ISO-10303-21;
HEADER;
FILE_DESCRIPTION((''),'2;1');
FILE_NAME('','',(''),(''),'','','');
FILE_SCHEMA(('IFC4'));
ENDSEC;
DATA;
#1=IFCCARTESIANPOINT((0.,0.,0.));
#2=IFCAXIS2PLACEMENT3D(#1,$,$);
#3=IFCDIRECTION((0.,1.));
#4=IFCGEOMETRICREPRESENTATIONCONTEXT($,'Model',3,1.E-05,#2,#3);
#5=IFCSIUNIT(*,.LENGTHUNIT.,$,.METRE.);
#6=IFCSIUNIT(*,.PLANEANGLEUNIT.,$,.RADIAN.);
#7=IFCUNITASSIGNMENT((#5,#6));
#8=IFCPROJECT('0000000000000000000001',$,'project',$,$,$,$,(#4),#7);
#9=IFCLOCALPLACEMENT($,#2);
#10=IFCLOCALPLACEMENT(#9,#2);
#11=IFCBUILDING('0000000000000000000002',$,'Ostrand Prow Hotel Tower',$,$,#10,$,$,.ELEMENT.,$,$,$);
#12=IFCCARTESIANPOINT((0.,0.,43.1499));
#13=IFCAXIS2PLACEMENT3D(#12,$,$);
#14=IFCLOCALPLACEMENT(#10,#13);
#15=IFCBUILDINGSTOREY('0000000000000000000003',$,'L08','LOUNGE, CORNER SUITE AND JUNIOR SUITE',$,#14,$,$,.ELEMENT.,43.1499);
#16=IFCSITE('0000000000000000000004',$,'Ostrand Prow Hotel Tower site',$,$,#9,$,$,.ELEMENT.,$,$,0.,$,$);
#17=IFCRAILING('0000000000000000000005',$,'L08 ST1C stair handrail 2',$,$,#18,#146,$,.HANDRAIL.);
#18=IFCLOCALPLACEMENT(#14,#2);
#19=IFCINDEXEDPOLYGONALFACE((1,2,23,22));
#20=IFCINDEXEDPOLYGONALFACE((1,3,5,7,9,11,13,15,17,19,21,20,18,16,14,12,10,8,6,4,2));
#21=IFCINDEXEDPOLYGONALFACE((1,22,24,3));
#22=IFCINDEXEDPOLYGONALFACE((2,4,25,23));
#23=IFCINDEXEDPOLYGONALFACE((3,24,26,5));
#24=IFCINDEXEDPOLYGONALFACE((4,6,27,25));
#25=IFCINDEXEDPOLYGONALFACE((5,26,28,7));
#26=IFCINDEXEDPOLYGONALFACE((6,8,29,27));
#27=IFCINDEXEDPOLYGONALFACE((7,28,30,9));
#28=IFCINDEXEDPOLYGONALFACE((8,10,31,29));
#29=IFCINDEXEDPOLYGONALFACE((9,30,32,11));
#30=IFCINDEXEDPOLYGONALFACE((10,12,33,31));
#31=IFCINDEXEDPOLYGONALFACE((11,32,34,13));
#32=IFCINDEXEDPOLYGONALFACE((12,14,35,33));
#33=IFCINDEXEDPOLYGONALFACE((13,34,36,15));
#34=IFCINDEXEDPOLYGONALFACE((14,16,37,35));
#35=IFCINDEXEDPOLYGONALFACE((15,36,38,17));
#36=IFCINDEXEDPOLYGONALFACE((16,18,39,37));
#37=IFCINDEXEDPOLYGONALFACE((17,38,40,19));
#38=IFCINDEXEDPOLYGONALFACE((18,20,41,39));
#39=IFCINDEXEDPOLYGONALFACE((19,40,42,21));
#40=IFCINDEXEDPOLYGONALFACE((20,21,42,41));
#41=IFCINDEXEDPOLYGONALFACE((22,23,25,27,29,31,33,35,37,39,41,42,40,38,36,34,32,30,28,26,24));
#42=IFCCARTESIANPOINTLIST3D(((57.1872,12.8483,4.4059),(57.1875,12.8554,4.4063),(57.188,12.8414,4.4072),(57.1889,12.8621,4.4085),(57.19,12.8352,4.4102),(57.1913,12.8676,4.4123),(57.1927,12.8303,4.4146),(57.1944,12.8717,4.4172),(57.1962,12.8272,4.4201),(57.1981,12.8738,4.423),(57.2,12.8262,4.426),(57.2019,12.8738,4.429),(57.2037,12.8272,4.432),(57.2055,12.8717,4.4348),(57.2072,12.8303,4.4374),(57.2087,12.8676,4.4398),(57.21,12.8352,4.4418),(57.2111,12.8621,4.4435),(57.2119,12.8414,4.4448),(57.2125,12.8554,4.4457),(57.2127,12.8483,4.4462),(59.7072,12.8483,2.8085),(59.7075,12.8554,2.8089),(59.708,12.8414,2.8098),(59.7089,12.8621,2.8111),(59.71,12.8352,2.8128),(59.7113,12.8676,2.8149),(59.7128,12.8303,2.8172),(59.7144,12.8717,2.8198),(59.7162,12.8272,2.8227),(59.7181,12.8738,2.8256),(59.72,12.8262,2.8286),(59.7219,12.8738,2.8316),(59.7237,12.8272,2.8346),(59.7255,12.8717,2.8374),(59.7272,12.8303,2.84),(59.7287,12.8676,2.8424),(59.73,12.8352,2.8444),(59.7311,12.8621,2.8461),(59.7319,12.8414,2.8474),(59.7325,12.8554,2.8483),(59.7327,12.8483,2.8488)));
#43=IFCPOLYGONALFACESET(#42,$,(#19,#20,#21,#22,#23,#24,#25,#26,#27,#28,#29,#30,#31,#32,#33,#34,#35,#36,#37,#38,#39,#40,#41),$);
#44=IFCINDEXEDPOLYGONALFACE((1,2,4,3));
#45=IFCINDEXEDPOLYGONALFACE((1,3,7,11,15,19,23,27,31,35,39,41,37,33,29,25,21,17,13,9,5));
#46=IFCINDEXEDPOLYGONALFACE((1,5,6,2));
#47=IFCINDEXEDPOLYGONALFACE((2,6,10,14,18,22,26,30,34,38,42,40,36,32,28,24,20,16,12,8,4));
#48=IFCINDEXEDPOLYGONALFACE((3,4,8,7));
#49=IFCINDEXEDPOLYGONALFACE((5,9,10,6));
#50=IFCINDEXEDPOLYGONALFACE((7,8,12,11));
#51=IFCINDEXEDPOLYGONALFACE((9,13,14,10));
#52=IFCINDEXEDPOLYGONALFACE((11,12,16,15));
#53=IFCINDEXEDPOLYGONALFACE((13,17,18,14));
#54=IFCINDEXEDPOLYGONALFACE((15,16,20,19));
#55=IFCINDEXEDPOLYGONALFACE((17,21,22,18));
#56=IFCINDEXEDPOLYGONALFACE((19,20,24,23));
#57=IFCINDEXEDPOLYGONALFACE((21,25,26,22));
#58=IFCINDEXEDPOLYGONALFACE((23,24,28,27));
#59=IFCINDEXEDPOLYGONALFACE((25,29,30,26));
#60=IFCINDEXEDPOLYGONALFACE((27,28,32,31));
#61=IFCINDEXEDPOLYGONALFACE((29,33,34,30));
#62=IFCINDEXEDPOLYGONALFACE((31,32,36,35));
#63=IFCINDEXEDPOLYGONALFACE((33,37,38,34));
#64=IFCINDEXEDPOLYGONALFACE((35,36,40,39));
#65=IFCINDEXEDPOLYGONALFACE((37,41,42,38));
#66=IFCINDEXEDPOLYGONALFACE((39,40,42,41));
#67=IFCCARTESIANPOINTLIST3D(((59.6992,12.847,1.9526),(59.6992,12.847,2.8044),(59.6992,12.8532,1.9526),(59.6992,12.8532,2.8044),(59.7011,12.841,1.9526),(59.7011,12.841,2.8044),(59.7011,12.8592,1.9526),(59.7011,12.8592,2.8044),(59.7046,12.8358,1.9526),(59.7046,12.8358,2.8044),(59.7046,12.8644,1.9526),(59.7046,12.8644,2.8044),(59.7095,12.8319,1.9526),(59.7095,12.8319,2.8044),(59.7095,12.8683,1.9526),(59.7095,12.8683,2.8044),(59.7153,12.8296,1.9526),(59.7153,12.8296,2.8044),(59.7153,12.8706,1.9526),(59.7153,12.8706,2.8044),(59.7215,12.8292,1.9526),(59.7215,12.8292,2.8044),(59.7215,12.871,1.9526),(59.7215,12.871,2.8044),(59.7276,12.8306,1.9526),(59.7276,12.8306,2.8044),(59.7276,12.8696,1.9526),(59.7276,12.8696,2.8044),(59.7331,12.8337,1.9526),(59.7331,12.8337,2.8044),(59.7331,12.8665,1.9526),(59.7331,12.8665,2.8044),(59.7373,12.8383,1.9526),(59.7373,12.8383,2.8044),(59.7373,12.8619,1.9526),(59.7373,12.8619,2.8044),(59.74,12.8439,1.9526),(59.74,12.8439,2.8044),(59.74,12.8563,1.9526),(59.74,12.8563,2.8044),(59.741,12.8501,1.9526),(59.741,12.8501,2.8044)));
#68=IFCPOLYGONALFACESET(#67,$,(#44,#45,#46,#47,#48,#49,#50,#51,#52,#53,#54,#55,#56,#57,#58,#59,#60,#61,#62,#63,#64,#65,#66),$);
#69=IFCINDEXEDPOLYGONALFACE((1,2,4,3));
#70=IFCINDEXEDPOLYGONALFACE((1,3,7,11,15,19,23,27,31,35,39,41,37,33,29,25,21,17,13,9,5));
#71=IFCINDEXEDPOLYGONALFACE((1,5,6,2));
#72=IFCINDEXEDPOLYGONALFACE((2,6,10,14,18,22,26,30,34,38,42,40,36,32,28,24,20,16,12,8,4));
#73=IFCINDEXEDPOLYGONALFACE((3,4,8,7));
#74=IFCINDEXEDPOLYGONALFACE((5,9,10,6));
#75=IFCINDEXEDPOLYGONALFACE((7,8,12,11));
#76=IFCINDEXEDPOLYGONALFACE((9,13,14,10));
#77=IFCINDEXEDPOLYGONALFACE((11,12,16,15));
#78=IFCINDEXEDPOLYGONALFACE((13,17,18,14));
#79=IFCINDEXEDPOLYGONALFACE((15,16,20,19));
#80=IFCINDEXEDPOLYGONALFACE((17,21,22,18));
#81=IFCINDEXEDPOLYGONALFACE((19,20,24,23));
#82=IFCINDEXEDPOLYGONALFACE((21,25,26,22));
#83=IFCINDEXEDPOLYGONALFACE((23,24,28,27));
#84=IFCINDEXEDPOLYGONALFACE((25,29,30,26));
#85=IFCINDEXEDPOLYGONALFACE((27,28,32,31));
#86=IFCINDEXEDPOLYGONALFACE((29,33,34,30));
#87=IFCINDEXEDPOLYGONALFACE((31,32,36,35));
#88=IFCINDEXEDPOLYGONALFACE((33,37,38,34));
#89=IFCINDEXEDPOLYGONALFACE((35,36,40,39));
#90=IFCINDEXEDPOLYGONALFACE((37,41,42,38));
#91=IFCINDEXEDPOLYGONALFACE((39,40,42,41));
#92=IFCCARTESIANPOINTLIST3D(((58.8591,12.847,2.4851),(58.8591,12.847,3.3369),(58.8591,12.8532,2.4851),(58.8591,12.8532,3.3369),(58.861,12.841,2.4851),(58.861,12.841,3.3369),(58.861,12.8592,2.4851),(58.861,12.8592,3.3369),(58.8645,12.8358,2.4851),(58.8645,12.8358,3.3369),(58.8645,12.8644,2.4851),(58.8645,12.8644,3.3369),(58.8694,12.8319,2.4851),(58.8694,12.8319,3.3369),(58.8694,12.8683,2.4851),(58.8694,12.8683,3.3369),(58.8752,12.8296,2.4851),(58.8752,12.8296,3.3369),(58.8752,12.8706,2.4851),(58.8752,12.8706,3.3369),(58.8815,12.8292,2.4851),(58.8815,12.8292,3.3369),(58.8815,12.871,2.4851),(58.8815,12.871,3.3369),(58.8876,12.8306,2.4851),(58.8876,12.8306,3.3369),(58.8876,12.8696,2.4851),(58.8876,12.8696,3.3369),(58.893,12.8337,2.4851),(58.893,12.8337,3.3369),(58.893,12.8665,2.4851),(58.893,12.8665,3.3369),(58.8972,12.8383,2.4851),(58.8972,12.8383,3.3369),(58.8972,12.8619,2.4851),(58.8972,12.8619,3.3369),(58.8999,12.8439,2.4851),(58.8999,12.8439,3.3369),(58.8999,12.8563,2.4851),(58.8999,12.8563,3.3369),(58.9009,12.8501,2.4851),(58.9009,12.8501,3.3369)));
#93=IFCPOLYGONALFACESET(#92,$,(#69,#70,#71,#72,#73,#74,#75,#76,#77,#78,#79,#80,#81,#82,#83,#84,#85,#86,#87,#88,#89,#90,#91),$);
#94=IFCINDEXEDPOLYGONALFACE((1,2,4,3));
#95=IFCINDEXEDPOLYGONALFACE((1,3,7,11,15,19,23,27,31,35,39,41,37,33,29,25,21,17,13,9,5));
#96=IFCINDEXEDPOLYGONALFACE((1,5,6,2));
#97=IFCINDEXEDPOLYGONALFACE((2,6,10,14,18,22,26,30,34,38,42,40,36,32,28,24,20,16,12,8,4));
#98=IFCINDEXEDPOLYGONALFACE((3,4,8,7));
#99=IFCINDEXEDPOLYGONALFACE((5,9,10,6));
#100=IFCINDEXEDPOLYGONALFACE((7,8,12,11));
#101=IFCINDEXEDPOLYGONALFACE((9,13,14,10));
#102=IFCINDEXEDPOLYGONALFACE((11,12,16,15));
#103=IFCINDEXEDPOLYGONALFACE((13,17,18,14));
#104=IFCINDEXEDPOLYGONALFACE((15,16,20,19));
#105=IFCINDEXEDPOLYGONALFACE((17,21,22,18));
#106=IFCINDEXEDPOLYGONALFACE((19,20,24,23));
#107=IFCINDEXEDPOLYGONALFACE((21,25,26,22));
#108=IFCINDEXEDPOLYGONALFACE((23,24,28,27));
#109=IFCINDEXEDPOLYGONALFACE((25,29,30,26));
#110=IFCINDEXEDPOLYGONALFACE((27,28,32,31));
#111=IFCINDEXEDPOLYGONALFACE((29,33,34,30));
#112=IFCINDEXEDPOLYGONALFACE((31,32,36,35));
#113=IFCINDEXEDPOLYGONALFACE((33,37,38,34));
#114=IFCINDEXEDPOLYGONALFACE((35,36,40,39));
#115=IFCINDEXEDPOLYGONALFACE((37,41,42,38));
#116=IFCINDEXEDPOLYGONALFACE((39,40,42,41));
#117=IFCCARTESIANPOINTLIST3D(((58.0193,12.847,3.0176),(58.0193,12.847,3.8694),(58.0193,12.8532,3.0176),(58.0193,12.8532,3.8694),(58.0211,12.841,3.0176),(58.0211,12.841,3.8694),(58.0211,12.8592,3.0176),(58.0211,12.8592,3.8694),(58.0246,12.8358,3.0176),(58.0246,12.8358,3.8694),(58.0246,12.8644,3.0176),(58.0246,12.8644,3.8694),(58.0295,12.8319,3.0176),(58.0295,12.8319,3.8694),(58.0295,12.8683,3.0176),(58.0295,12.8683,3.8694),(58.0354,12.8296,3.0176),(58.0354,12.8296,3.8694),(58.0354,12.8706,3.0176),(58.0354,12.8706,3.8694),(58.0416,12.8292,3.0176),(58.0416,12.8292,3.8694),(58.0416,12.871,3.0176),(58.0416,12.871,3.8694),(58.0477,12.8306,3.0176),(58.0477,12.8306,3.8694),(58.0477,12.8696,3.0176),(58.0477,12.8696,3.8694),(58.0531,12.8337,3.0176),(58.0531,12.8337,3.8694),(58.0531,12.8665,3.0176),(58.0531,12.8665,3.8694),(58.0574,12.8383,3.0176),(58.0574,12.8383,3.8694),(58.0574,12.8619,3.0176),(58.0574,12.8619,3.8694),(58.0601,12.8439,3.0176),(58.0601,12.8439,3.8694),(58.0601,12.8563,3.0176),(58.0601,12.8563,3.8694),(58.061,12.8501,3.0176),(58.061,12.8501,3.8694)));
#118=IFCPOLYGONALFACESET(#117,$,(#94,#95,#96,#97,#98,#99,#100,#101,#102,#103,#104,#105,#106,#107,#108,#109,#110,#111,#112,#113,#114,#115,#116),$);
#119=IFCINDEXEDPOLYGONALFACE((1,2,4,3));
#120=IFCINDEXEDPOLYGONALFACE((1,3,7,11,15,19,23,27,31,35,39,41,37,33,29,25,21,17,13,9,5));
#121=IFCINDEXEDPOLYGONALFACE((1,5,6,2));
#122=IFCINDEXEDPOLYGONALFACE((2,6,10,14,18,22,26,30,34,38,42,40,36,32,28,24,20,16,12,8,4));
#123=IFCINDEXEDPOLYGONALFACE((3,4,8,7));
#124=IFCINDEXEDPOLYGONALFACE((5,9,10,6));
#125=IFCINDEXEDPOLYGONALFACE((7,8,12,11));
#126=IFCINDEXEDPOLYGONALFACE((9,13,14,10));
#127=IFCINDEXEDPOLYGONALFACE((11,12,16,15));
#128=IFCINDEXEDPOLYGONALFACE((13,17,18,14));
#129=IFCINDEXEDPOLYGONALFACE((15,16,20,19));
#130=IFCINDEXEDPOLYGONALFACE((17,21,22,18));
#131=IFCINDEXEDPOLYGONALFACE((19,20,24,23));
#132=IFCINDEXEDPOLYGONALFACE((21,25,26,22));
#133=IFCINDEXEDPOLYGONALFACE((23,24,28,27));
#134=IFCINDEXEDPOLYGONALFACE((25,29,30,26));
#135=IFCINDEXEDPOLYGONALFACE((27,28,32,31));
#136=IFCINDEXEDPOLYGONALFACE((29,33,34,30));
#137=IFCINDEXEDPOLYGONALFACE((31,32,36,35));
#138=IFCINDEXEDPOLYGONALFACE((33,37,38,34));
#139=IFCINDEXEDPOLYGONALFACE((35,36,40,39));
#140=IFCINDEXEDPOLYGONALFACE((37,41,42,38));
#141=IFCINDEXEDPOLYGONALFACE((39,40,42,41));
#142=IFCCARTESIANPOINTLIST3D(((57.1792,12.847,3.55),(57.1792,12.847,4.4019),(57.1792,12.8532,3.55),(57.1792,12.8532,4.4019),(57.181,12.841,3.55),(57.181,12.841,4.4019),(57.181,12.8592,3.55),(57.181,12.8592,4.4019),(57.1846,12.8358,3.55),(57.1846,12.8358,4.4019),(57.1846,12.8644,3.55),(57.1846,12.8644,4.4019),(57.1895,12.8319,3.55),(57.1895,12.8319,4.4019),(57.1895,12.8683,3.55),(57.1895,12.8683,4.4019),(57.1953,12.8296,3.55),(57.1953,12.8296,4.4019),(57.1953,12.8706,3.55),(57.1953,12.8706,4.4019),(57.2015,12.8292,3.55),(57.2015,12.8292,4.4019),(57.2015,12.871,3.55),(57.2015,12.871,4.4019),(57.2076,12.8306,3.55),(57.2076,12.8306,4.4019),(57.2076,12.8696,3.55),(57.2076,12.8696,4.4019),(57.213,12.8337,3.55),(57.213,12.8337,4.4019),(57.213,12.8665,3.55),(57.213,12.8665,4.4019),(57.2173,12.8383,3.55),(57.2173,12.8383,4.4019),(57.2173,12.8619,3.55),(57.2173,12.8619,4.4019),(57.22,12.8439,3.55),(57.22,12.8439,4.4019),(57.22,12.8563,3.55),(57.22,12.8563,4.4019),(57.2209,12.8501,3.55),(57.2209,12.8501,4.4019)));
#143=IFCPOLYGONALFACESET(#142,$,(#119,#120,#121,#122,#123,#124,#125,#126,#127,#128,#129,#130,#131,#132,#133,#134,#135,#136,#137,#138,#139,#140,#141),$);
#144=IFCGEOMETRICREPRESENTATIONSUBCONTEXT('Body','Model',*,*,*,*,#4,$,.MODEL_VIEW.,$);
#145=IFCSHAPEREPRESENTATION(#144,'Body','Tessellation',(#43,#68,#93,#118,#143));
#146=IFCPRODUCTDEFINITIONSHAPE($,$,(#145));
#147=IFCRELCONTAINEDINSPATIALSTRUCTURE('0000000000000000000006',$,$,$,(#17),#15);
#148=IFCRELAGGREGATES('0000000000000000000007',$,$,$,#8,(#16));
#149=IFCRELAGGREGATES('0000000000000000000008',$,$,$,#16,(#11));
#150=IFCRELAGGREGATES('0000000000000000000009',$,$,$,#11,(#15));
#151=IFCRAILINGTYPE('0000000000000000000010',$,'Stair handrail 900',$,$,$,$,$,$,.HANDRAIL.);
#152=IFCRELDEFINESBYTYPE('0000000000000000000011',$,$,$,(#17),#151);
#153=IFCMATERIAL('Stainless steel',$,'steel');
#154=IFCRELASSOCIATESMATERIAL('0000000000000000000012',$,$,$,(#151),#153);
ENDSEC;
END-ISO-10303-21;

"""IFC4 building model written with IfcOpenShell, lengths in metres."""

from ifc_helpers import new_model, si_unit, direction, frame, origin, origin_2d, place, context, subcontext, project, spatial, circle, extrude, material, type_object, element, save


model = new_model("IFC4")

# Units and contexts
model_context = context("Model", 3, precision=1e-05, world=origin(), true_north=direction((0.0, 1.0)))
body_context = subcontext(model_context, "Body", "Model", "MODEL_VIEW")
ifc_project = project(units=[si_unit("LENGTHUNIT", "METRE"), si_unit("PLANEANGLEUNIT", "RADIAN")], contexts=[model_context])

# Site, building, storey
site_placement = place(None, origin())
site = spatial("IfcSite", under=ifc_project, at=site_placement, Name="Ostrand Prow Hotel Tower site", CompositionType="ELEMENT", RefElevation=0.0)
building_placement = place(site_placement, origin())
building = spatial("IfcBuilding", under=site, at=building_placement, Name="Ostrand Prow Hotel Tower", CompositionType="ELEMENT")
storey_placement = place(building_placement, frame((0.0, 0.0, 43.1499)))
storey = spatial("IfcBuildingStorey", under=building, at=storey_placement, Name="L08", Description="LOUNGE, CORNER SUITE AND JUNIOR SUITE", CompositionType="ELEMENT", Elevation=43.1499)

# Railing
ifc_material_1 = material(Name="Stainless steel", Category="steel")
railing_type_1 = type_object("IfcRailingType", Name="Stair handrail 900", PredefinedType="HANDRAIL", material=ifc_material_1)
railing_1_placement = place(storey_placement, frame((59.72, 12.8501, 1.9526)))
element("IfcRailing", 1, at=railing_1_placement, inside=storey, type_object=railing_type_1, Name="L08 ST1C stair handrail 2", PredefinedType="HANDRAIL", context=body_context, shape_type="SweptSolid", body=[
    extrude(circle(Radius=0.0239, at=origin_2d()), frame((0.0, 0.0, 0.876), z_axis=(-0.844607, 0.0, 0.535387), x_axis=(0.0, -1.0, 0.0)), (0.0, 0.0, 1.0), 2.9836),
    extrude(circle(Radius=0.021, at=origin_2d()), origin(), (0.0, 0.0, 1.0), 0.8518),
    extrude(circle(Radius=0.021, at=origin_2d()), frame((-0.8401, 0.0, 0.5325)), (0.0, 0.0, 1.0), 0.8518),
    extrude(circle(Radius=0.021, at=origin_2d()), frame((-1.6799, 0.0, 1.0649)), (0.0, 0.0, 1.0), 0.8518),
    extrude(circle(Radius=0.021, at=origin_2d()), frame((-2.52, 0.0, 1.5974)), (0.0, 0.0, 1.0), 0.8518),
])

save(model, "model.ifc")
